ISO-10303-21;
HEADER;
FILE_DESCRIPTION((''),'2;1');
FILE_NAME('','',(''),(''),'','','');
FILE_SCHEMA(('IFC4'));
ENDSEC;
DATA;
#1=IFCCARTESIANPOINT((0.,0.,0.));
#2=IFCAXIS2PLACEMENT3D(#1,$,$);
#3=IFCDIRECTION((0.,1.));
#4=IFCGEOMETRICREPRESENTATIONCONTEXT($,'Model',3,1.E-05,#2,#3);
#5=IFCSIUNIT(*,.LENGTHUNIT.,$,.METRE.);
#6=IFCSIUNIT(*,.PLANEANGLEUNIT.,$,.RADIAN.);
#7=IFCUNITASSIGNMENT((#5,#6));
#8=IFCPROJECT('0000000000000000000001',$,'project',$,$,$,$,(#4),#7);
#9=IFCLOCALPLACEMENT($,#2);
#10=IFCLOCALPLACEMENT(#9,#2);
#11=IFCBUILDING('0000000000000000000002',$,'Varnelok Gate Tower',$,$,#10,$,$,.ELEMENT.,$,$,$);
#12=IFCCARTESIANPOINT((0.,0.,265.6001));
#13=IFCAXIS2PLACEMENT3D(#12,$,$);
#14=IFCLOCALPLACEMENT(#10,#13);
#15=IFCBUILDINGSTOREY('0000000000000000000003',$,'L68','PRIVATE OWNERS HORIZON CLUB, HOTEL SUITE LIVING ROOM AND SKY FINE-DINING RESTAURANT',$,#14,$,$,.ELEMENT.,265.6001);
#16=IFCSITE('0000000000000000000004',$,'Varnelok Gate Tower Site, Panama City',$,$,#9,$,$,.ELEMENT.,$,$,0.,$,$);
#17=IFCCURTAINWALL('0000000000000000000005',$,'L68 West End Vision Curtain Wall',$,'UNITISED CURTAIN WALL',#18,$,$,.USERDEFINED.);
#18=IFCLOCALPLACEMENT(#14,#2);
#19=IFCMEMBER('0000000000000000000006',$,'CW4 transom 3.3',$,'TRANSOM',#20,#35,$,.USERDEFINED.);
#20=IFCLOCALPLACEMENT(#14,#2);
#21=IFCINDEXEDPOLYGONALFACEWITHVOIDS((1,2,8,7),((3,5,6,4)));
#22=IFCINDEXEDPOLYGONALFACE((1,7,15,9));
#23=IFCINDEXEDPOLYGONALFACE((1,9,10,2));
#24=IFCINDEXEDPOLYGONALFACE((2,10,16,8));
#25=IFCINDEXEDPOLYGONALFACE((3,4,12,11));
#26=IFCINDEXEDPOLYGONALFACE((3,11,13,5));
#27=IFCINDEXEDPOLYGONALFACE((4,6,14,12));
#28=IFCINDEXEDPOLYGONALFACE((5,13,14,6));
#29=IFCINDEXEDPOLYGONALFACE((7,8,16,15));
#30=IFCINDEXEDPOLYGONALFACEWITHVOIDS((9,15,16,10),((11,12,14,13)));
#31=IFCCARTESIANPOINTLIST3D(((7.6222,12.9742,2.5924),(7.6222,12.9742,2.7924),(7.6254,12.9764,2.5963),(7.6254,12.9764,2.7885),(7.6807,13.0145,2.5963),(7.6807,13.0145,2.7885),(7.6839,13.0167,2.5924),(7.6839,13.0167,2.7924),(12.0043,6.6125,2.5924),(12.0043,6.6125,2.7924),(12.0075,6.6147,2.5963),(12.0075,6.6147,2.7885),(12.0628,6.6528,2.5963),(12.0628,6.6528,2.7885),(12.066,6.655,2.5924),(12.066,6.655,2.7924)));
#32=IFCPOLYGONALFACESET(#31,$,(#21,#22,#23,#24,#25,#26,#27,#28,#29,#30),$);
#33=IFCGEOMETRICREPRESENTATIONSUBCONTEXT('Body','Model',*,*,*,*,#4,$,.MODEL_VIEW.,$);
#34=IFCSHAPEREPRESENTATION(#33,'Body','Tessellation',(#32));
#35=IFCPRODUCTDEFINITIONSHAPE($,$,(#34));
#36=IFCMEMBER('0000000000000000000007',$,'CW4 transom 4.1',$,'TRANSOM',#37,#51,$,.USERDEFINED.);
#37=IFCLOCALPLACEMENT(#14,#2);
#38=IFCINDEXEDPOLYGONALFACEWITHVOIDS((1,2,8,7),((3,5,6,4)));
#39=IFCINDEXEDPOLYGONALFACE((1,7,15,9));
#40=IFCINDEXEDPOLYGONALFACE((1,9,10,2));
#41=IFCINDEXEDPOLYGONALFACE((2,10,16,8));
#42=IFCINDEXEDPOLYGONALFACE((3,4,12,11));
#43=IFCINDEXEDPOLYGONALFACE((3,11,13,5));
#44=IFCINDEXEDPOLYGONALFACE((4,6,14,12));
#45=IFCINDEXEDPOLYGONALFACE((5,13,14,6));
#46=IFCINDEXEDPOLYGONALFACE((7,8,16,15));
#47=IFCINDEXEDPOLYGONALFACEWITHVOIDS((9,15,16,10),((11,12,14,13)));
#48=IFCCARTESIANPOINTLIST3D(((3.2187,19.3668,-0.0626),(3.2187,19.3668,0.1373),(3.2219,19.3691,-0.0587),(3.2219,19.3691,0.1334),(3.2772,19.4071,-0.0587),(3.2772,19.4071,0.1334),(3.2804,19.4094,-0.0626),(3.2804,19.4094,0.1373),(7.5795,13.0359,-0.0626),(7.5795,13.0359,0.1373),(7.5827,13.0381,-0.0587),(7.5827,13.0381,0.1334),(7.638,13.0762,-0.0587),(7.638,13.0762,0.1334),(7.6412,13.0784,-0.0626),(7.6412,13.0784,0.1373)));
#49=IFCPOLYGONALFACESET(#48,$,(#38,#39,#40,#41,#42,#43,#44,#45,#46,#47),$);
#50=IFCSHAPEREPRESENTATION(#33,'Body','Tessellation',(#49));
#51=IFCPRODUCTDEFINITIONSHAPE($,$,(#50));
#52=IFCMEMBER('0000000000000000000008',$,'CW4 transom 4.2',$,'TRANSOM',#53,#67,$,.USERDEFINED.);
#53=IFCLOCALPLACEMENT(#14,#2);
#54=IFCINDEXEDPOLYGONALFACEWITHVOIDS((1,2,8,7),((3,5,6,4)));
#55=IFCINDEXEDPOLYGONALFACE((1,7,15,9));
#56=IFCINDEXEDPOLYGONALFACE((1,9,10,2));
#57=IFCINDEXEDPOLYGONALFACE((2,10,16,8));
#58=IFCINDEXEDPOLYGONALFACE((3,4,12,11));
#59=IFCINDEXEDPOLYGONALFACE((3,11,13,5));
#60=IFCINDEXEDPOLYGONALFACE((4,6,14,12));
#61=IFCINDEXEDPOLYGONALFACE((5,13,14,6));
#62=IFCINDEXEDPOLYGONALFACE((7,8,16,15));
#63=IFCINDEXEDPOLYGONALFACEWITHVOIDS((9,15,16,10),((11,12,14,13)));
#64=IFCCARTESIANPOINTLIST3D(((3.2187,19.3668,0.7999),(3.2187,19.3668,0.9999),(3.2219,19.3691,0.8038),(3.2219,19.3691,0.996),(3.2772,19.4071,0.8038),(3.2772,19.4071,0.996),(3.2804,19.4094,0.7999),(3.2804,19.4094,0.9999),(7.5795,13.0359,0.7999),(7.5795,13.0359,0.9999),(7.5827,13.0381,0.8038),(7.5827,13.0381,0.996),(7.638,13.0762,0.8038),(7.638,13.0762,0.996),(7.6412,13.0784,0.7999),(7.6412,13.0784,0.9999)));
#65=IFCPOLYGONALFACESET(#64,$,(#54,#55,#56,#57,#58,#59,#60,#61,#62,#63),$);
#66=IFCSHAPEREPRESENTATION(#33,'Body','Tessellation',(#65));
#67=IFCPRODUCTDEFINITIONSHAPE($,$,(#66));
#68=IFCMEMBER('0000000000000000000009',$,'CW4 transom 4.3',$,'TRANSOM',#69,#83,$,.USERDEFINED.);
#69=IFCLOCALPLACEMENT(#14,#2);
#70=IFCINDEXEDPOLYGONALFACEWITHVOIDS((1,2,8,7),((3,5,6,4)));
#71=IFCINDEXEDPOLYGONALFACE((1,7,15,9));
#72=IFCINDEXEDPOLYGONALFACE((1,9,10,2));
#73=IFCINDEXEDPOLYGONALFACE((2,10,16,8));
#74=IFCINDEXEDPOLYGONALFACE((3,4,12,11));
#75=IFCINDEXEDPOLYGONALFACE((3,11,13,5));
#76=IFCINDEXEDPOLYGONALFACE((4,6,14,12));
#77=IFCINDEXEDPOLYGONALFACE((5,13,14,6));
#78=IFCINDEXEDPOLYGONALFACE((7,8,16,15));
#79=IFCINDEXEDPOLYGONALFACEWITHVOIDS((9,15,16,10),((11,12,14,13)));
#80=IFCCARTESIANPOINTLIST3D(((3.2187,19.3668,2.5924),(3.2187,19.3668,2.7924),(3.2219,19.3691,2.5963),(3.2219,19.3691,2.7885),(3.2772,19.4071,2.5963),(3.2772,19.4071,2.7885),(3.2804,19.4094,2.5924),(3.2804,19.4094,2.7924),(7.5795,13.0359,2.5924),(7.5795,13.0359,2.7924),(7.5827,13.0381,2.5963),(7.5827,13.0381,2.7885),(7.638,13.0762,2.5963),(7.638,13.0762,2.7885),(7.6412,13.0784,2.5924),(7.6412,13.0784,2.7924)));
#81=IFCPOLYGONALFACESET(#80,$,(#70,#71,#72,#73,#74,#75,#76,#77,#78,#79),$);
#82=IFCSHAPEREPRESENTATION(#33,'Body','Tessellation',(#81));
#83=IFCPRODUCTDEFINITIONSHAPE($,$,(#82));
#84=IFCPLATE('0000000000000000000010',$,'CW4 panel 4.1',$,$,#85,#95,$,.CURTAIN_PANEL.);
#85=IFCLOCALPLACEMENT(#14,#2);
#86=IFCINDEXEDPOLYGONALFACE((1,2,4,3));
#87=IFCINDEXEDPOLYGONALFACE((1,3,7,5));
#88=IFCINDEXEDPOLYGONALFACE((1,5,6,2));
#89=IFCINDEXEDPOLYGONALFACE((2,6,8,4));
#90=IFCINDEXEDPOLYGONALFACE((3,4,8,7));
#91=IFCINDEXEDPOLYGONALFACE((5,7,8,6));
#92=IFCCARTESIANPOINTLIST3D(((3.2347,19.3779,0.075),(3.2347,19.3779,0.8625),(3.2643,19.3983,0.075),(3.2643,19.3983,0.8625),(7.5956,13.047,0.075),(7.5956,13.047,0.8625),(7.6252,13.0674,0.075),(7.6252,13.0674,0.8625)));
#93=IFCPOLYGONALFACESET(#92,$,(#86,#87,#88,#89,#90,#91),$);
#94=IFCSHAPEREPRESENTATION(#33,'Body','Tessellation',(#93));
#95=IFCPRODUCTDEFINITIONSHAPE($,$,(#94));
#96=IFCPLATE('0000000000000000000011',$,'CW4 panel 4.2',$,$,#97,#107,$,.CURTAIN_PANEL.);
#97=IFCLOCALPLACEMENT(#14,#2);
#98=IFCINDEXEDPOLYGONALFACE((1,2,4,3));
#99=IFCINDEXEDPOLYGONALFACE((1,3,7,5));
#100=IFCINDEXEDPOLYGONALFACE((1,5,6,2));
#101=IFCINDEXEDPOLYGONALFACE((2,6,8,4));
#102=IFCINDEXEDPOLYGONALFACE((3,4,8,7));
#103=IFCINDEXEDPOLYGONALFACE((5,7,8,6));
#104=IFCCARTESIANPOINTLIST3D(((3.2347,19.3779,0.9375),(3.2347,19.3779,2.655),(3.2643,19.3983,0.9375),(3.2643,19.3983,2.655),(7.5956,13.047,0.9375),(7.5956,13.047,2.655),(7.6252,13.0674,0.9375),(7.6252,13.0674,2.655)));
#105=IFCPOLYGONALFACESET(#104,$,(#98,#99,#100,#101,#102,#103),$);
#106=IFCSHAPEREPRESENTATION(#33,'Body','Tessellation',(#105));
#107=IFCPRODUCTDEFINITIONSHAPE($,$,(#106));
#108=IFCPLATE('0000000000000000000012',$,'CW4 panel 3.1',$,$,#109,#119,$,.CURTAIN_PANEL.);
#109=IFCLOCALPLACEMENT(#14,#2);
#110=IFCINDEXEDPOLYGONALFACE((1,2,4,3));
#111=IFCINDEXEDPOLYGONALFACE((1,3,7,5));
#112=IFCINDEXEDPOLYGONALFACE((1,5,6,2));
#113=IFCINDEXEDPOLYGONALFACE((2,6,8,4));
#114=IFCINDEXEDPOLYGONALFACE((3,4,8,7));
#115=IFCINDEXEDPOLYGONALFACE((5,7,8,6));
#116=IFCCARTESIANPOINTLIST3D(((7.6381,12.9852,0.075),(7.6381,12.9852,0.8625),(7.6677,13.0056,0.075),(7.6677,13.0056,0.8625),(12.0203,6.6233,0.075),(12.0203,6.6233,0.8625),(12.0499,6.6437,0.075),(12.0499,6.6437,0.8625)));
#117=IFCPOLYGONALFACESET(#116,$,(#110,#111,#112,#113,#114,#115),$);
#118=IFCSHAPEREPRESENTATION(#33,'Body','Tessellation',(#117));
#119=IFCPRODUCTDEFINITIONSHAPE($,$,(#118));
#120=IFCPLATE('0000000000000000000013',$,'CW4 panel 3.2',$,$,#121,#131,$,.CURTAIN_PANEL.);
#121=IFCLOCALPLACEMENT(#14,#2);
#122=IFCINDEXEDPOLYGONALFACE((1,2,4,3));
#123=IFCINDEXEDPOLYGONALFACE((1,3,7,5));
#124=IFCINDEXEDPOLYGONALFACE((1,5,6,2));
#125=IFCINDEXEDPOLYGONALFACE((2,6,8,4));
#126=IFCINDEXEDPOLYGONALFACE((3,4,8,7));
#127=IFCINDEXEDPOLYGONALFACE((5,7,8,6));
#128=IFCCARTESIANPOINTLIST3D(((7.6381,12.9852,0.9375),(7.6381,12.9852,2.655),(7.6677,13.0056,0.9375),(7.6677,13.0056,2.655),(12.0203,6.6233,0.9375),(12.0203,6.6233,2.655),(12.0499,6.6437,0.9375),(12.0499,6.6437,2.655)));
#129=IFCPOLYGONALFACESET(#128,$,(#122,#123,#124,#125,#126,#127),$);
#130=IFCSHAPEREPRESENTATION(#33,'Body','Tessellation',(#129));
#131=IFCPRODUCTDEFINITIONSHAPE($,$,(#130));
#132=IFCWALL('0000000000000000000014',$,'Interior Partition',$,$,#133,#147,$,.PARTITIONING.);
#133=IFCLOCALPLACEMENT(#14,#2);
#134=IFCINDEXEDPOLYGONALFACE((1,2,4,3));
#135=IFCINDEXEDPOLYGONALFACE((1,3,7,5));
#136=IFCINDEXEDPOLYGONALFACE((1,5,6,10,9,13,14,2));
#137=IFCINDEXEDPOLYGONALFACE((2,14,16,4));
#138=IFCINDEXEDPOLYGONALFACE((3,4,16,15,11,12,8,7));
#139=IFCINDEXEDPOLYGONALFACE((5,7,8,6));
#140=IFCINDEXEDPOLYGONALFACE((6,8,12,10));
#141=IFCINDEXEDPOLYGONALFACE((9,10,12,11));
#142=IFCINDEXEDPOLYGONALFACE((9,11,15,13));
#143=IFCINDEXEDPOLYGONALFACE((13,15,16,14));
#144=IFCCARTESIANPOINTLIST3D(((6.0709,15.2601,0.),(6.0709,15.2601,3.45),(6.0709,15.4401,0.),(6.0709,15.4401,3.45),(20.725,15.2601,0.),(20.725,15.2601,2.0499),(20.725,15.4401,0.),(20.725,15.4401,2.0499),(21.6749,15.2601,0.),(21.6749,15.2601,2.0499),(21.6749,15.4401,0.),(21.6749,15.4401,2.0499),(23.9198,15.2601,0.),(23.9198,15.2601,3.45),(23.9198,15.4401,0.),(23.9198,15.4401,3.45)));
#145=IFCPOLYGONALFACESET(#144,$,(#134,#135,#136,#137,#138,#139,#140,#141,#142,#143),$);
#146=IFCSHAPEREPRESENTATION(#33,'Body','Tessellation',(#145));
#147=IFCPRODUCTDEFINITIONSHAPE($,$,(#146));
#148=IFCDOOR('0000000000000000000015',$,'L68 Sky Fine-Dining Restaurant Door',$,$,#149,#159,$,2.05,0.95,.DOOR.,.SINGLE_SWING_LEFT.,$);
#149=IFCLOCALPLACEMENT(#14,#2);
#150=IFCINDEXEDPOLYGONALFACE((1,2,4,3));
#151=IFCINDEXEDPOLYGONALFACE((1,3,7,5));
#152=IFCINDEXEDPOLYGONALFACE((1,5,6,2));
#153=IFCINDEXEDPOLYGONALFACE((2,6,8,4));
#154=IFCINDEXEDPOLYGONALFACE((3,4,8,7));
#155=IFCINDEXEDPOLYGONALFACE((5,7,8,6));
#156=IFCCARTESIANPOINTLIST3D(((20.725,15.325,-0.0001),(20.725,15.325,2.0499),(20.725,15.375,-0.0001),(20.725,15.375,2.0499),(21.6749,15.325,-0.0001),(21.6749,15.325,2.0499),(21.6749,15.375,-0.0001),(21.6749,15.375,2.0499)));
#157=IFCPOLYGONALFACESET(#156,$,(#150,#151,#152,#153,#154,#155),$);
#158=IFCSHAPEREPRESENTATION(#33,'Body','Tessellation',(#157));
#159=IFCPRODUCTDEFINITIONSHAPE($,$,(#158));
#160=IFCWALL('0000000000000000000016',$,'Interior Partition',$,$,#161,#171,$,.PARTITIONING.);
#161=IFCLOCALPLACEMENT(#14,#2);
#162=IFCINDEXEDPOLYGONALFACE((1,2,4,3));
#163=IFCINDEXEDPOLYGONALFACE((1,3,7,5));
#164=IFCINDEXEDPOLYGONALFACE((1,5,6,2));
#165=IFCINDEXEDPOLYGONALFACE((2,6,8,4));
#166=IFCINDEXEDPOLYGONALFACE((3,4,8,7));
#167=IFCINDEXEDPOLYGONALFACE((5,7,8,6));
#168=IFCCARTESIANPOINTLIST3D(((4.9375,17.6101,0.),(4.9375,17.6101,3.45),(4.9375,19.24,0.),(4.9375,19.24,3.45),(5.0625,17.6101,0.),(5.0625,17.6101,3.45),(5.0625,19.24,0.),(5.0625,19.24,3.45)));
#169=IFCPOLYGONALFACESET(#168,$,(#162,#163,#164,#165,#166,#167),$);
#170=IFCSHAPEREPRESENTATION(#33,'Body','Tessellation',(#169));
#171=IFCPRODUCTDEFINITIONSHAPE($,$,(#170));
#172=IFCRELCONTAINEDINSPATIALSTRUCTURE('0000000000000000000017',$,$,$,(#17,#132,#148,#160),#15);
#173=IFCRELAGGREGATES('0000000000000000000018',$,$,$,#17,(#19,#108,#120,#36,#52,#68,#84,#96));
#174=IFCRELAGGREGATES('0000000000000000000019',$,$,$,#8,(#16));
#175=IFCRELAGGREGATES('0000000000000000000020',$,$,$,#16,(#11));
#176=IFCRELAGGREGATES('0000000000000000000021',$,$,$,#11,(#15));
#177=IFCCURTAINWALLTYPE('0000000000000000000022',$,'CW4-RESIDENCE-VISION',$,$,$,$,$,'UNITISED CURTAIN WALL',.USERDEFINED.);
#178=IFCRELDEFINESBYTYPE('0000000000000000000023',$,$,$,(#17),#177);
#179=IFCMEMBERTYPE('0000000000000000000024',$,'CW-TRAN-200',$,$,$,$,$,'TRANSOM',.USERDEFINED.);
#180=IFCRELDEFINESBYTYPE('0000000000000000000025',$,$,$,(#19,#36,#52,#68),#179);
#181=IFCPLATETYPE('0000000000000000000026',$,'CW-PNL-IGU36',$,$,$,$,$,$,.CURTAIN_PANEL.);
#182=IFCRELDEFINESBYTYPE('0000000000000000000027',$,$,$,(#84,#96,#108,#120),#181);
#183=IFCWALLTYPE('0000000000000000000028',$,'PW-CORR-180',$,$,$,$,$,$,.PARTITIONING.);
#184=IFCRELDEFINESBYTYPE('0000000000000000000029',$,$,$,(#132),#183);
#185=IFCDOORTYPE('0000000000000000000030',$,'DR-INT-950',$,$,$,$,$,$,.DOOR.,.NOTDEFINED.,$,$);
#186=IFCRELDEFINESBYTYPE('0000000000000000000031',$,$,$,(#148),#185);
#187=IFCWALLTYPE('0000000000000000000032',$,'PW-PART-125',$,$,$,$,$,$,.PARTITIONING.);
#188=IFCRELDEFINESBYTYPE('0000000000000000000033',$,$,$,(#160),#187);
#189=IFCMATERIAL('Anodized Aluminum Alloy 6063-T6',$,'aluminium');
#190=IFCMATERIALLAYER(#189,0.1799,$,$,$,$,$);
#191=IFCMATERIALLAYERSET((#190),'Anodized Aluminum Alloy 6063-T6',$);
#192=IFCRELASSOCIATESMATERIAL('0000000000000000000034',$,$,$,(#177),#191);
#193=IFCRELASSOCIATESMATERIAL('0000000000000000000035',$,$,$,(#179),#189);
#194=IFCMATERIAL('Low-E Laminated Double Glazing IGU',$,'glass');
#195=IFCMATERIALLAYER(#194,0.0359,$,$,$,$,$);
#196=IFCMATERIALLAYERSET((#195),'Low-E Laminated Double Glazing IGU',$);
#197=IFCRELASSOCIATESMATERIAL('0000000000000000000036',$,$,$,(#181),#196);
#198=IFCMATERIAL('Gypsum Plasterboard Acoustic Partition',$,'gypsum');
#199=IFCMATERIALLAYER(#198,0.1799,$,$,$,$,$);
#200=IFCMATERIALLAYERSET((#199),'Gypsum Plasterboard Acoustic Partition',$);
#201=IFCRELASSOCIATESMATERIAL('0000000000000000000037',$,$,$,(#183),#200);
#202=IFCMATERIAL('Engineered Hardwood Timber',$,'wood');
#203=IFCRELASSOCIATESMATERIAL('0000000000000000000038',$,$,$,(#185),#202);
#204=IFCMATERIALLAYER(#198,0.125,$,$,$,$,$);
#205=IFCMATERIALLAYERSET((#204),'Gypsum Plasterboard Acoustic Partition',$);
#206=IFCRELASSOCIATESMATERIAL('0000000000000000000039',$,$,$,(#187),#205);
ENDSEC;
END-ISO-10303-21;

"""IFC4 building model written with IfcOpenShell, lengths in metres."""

from ifc_helpers import new_model, si_unit, direction, frame, frame_2d, origin, origin_2d, place, context, subcontext, project, spatial, rectangle, hollow_rectangle, extrude, source, transform, mapped, material, layer, layer_set, material_profile, profile_set, type_object, element, fill, aggregate, save


model = new_model("IFC4")

# Units and contexts
model_context = context("Model", 3, precision=1e-05, world=origin(), true_north=direction((0.0, 1.0)))
body_context = subcontext(model_context, "Body", "Model", "MODEL_VIEW")
ifc_project = project(units=[si_unit("LENGTHUNIT", "METRE"), si_unit("PLANEANGLEUNIT", "RADIAN")], contexts=[model_context])

# Site, building, storey
site_placement = place(None, origin())
site = spatial("IfcSite", under=ifc_project, at=site_placement, Name="Varnelok Gate Tower Site, Panama City", CompositionType="ELEMENT", RefElevation=0.0)
building_placement = place(site_placement, origin())
building = spatial("IfcBuilding", under=site, at=building_placement, Name="Varnelok Gate Tower", CompositionType="ELEMENT")
storey_placement = place(building_placement, frame((0.0, 0.0, 265.6001)))
storey = spatial("IfcBuildingStorey", under=building, at=storey_placement, Name="L68", Description="PRIVATE OWNERS HORIZON CLUB, HOTEL SUITE LIVING ROOM AND SKY FINE-DINING RESTAURANT", CompositionType="ELEMENT", Elevation=265.6001)

# Curtain wall, members, plates
ifc_material_1 = material(Name="Anodized Aluminum Alloy 6063-T6", Category="aluminium")
ifc_layer_1 = layer(ifc_material_1, 0.1799)
ifc_layer_set_1 = layer_set([ifc_layer_1], Name="Anodized Aluminum Alloy 6063-T6")
curtain_wall_type = type_object("IfcCurtainWallType", Name="CW4-RESIDENCE-VISION", ElementType="UNITISED CURTAIN WALL", PredefinedType="USERDEFINED", material=ifc_layer_set_1)
curtain_wall_placement = place(storey_placement, origin())
curtain_wall = element("IfcCurtainWall", 1, at=curtain_wall_placement, inside=storey, type_object=curtain_wall_type, Name="L68 West End Vision Curtain Wall", ObjectType="UNITISED CURTAIN WALL", PredefinedType="USERDEFINED")
ifc_material_profile_1 = material_profile(ifc_material_1, hollow_rectangle(XDim=0.075, YDim=0.2, WallThickness=0.0039, at=origin_2d()), Name="ALU200X75X4")
ifc_profile_set_1 = profile_set([ifc_material_profile_1], Name="Anodized Aluminum Alloy 6063-T6")
member_type_1 = type_object("IfcMemberType", Name="CW-TRAN-200", ElementType="TRANSOM", PredefinedType="USERDEFINED", material=ifc_profile_set_1)
member_1_placement = place(storey_placement, frame((12.0352, 6.6338, 2.6924), z_axis=(-0.567276, 0.823528, 0.0), x_axis=(-0.823528, -0.567276, 0.0)))
member_1 = element("IfcMember", 2, at=member_1_placement, type_object=member_type_1, Name="CW4 transom 3.3", ObjectType="TRANSOM", PredefinedType="USERDEFINED", context=body_context, shape_type="SweptSolid", body=[
    extrude(hollow_rectangle(XDim=0.075, YDim=0.2, WallThickness=0.0039, at=origin_2d()), origin(), (0.0, 0.0, 1.0), 7.7249),
])
member_2_placement = place(storey_placement, frame((7.6104, 13.0571, 0.0374), z_axis=(-0.567256, 0.823541, 0.0), x_axis=(-0.823541, -0.567256, 0.0)))
member_2 = element("IfcMember", 3, at=member_2_placement, type_object=member_type_1, Name="CW4 transom 4.1", ObjectType="TRANSOM", PredefinedType="USERDEFINED", context=body_context, shape_type="SweptSolid", body=[
    extrude(hollow_rectangle(XDim=0.075, YDim=0.2, WallThickness=0.0039, at=origin_2d()), origin(), (0.0, 0.0, 1.0), 7.6875),
])
member_3_placement = place(storey_placement, frame((7.6104, 13.0571, 0.8999), z_axis=(-0.567256, 0.823541, 0.0), x_axis=(-0.823541, -0.567256, 0.0)))
member_3 = element("IfcMember", 4, at=member_3_placement, type_object=member_type_1, Name="CW4 transom 4.2", ObjectType="TRANSOM", PredefinedType="USERDEFINED", context=body_context, shape_type="SweptSolid", body=[
    extrude(hollow_rectangle(XDim=0.075, YDim=0.2, WallThickness=0.0039, at=origin_2d()), origin(), (0.0, 0.0, 1.0), 7.6875),
])
member_4_placement = place(storey_placement, frame((7.6104, 13.0571, 2.6924), z_axis=(-0.567256, 0.823541, 0.0), x_axis=(-0.823541, -0.567256, 0.0)))
member_4 = element("IfcMember", 5, at=member_4_placement, type_object=member_type_1, Name="CW4 transom 4.3", ObjectType="TRANSOM", PredefinedType="USERDEFINED", context=body_context, shape_type="SweptSolid", body=[
    extrude(hollow_rectangle(XDim=0.075, YDim=0.2, WallThickness=0.0039, at=origin_2d()), origin(), (0.0, 0.0, 1.0), 7.6875),
])
ifc_material_2 = material(Name="Low-E Laminated Double Glazing IGU", Category="glass")
ifc_layer_2 = layer(ifc_material_2, 0.0359)
ifc_layer_set_2 = layer_set([ifc_layer_2], Name="Low-E Laminated Double Glazing IGU")
plate_type = type_object("IfcPlateType", Name="CW-PNL-IGU36", PredefinedType="CURTAIN_PANEL", material=ifc_layer_set_2)
shared_shape_1 = source(origin(), body_context, "Body", "SweptSolid", [
    extrude(rectangle(XDim=7.6875, YDim=0.0359, at=origin_2d()), origin(), (0.0, 0.0, 1.0), 0.7876),
])
plate_1_placement = place(storey_placement, frame((5.4299, 16.2227, 0.075), z_axis=(0.0, 0.0, 1.0), x_axis=(-0.567269, 0.823532, 0.0)))
plate_1 = element("IfcPlate", 6, at=plate_1_placement, type_object=plate_type, Name="CW4 panel 4.1", PredefinedType="CURTAIN_PANEL", context=body_context, shape_type="MappedRepresentation", body=[
    mapped(shared_shape_1, transform((0.0, 0.0, 0.0), scale=1.0)),
])
shared_shape_2 = source(origin(), body_context, "Body", "SweptSolid", [
    extrude(rectangle(XDim=7.6875, YDim=0.0359, at=origin_2d()), origin(), (0.0, 0.0, 1.0), 1.7175),
])
plate_2_placement = place(storey_placement, frame((5.4299, 16.2227, 0.9375), z_axis=(0.0, 0.0, 1.0), x_axis=(-0.567269, 0.823532, 0.0)))
plate_2 = element("IfcPlate", 7, at=plate_2_placement, type_object=plate_type, Name="CW4 panel 4.2", PredefinedType="CURTAIN_PANEL", context=body_context, shape_type="MappedRepresentation", body=[
    mapped(shared_shape_2, transform((0.0, 0.0, 0.0), scale=1.0)),
])
shared_shape_3 = source(origin(), body_context, "Body", "SweptSolid", [
    extrude(rectangle(XDim=7.7251, YDim=0.0359, at=origin_2d()), origin(), (0.0, 0.0, 1.0), 0.7876),
])
plate_3_placement = place(storey_placement, frame((9.844, 9.8145, 0.075), z_axis=(0.0, 0.0, 1.0), x_axis=(-0.567269, 0.823532, 0.0)))
plate_3 = element("IfcPlate", 8, at=plate_3_placement, type_object=plate_type, Name="CW4 panel 3.1", PredefinedType="CURTAIN_PANEL", context=body_context, shape_type="MappedRepresentation", body=[
    mapped(shared_shape_3, transform((0.0, 0.0, 0.0), scale=1.0)),
])
shared_shape_4 = source(origin(), body_context, "Body", "SweptSolid", [
    extrude(rectangle(XDim=7.7251, YDim=0.0359, at=origin_2d()), origin(), (0.0, 0.0, 1.0), 1.7175),
])
plate_4_placement = place(storey_placement, frame((9.844, 9.8145, 0.9375), z_axis=(0.0, 0.0, 1.0), x_axis=(-0.567269, 0.823532, 0.0)))
plate_4 = element("IfcPlate", 9, at=plate_4_placement, type_object=plate_type, Name="CW4 panel 3.2", PredefinedType="CURTAIN_PANEL", context=body_context, shape_type="MappedRepresentation", body=[
    mapped(shared_shape_4, transform((0.0, 0.0, 0.0), scale=1.0)),
])
aggregate(curtain_wall, [member_1, plate_3, plate_4, member_2, member_3, member_4, plate_1, plate_2])

# Wall, opening, door
ifc_material_3 = material(Name="Gypsum Plasterboard Acoustic Partition", Category="gypsum")
ifc_layer_3 = layer(ifc_material_3, 0.1799)
ifc_layer_set_3 = layer_set([ifc_layer_3], Name="Gypsum Plasterboard Acoustic Partition")
wall_type_1 = type_object("IfcWallType", Name="PW-CORR-180", PredefinedType="PARTITIONING", material=ifc_layer_set_3)
wall_1_placement = place(storey_placement, frame((6.071, 15.3501, 0.0), z_axis=(0.0, 0.0, 1.0), x_axis=(1.0, 0.0, 0.0)))
wall_1 = element("IfcWall", 10, at=wall_1_placement, inside=storey, type_object=wall_type_1, Name="Interior Partition", PredefinedType="PARTITIONING", context=body_context, shape_type="SweptSolid", body=[
    extrude(rectangle(XDim=17.8489, YDim=0.1799, at=frame_2d((8.9243, 0.0))), origin(), (0.0, 0.0, 1.0), 3.45),
])
opening_1_placement = place(wall_1_placement, frame((14.6538, 0.0, 0.0)))
opening_1 = element("IfcOpeningElement", 11, at=opening_1_placement, cuts=wall_1, PredefinedType="OPENING", context=body_context, shape_type="SweptSolid", body=[
    extrude(rectangle(XDim=0.95, YDim=2.05, at=frame_2d((0.4751, 1.0249))), frame((0.0, 0.0999, 0.0), z_axis=(0.0, -1.0, 0.0), x_axis=(1.0, 0.0, 0.0)), (0.0, 0.0, 1.0), 0.2),
])
ifc_material_4 = material(Name="Engineered Hardwood Timber", Category="wood")
door_type_1 = type_object("IfcDoorType", Name="DR-INT-950", OperationType="NOTDEFINED", PredefinedType="DOOR", material=ifc_material_4)
door_1_placement = place(opening_1_placement, origin())
door_1 = element("IfcDoor", 12, at=door_1_placement, inside=storey, type_object=door_type_1, Name="L68 Sky Fine-Dining Restaurant Door", OperationType="SINGLE_SWING_LEFT", OverallHeight=2.05, OverallWidth=0.95, PredefinedType="DOOR", context=body_context, shape_type="SweptSolid", body=[
    extrude(rectangle(XDim=0.95, YDim=2.05, at=frame_2d((0.4751, 1.0249))), frame((0.0, 0.0249, 0.0), z_axis=(0.0, -1.0, 0.0), x_axis=(1.0, 0.0, 0.0)), (0.0, 0.0, 1.0), 0.05),
])
fill(opening_1, door_1)

# Wall
ifc_layer_4 = layer(ifc_material_3, 0.125)
ifc_layer_set_4 = layer_set([ifc_layer_4], Name="Gypsum Plasterboard Acoustic Partition")
wall_type_2 = type_object("IfcWallType", Name="PW-PART-125", PredefinedType="PARTITIONING", material=ifc_layer_set_4)
wall_2_placement = place(storey_placement, frame((5.0, 17.6101, 0.0), z_axis=(0.0, 0.0, 1.0), x_axis=(0.0, 1.0, 0.0)))
element("IfcWall", 13, at=wall_2_placement, inside=storey, type_object=wall_type_2, Name="Interior Partition", PredefinedType="PARTITIONING", context=body_context, shape_type="SweptSolid", body=[
    extrude(rectangle(XDim=1.6299, YDim=0.125, at=frame_2d((0.8149, 0.0))), origin(), (0.0, 0.0, 1.0), 3.45),
])

save(model, "model.ifc")
